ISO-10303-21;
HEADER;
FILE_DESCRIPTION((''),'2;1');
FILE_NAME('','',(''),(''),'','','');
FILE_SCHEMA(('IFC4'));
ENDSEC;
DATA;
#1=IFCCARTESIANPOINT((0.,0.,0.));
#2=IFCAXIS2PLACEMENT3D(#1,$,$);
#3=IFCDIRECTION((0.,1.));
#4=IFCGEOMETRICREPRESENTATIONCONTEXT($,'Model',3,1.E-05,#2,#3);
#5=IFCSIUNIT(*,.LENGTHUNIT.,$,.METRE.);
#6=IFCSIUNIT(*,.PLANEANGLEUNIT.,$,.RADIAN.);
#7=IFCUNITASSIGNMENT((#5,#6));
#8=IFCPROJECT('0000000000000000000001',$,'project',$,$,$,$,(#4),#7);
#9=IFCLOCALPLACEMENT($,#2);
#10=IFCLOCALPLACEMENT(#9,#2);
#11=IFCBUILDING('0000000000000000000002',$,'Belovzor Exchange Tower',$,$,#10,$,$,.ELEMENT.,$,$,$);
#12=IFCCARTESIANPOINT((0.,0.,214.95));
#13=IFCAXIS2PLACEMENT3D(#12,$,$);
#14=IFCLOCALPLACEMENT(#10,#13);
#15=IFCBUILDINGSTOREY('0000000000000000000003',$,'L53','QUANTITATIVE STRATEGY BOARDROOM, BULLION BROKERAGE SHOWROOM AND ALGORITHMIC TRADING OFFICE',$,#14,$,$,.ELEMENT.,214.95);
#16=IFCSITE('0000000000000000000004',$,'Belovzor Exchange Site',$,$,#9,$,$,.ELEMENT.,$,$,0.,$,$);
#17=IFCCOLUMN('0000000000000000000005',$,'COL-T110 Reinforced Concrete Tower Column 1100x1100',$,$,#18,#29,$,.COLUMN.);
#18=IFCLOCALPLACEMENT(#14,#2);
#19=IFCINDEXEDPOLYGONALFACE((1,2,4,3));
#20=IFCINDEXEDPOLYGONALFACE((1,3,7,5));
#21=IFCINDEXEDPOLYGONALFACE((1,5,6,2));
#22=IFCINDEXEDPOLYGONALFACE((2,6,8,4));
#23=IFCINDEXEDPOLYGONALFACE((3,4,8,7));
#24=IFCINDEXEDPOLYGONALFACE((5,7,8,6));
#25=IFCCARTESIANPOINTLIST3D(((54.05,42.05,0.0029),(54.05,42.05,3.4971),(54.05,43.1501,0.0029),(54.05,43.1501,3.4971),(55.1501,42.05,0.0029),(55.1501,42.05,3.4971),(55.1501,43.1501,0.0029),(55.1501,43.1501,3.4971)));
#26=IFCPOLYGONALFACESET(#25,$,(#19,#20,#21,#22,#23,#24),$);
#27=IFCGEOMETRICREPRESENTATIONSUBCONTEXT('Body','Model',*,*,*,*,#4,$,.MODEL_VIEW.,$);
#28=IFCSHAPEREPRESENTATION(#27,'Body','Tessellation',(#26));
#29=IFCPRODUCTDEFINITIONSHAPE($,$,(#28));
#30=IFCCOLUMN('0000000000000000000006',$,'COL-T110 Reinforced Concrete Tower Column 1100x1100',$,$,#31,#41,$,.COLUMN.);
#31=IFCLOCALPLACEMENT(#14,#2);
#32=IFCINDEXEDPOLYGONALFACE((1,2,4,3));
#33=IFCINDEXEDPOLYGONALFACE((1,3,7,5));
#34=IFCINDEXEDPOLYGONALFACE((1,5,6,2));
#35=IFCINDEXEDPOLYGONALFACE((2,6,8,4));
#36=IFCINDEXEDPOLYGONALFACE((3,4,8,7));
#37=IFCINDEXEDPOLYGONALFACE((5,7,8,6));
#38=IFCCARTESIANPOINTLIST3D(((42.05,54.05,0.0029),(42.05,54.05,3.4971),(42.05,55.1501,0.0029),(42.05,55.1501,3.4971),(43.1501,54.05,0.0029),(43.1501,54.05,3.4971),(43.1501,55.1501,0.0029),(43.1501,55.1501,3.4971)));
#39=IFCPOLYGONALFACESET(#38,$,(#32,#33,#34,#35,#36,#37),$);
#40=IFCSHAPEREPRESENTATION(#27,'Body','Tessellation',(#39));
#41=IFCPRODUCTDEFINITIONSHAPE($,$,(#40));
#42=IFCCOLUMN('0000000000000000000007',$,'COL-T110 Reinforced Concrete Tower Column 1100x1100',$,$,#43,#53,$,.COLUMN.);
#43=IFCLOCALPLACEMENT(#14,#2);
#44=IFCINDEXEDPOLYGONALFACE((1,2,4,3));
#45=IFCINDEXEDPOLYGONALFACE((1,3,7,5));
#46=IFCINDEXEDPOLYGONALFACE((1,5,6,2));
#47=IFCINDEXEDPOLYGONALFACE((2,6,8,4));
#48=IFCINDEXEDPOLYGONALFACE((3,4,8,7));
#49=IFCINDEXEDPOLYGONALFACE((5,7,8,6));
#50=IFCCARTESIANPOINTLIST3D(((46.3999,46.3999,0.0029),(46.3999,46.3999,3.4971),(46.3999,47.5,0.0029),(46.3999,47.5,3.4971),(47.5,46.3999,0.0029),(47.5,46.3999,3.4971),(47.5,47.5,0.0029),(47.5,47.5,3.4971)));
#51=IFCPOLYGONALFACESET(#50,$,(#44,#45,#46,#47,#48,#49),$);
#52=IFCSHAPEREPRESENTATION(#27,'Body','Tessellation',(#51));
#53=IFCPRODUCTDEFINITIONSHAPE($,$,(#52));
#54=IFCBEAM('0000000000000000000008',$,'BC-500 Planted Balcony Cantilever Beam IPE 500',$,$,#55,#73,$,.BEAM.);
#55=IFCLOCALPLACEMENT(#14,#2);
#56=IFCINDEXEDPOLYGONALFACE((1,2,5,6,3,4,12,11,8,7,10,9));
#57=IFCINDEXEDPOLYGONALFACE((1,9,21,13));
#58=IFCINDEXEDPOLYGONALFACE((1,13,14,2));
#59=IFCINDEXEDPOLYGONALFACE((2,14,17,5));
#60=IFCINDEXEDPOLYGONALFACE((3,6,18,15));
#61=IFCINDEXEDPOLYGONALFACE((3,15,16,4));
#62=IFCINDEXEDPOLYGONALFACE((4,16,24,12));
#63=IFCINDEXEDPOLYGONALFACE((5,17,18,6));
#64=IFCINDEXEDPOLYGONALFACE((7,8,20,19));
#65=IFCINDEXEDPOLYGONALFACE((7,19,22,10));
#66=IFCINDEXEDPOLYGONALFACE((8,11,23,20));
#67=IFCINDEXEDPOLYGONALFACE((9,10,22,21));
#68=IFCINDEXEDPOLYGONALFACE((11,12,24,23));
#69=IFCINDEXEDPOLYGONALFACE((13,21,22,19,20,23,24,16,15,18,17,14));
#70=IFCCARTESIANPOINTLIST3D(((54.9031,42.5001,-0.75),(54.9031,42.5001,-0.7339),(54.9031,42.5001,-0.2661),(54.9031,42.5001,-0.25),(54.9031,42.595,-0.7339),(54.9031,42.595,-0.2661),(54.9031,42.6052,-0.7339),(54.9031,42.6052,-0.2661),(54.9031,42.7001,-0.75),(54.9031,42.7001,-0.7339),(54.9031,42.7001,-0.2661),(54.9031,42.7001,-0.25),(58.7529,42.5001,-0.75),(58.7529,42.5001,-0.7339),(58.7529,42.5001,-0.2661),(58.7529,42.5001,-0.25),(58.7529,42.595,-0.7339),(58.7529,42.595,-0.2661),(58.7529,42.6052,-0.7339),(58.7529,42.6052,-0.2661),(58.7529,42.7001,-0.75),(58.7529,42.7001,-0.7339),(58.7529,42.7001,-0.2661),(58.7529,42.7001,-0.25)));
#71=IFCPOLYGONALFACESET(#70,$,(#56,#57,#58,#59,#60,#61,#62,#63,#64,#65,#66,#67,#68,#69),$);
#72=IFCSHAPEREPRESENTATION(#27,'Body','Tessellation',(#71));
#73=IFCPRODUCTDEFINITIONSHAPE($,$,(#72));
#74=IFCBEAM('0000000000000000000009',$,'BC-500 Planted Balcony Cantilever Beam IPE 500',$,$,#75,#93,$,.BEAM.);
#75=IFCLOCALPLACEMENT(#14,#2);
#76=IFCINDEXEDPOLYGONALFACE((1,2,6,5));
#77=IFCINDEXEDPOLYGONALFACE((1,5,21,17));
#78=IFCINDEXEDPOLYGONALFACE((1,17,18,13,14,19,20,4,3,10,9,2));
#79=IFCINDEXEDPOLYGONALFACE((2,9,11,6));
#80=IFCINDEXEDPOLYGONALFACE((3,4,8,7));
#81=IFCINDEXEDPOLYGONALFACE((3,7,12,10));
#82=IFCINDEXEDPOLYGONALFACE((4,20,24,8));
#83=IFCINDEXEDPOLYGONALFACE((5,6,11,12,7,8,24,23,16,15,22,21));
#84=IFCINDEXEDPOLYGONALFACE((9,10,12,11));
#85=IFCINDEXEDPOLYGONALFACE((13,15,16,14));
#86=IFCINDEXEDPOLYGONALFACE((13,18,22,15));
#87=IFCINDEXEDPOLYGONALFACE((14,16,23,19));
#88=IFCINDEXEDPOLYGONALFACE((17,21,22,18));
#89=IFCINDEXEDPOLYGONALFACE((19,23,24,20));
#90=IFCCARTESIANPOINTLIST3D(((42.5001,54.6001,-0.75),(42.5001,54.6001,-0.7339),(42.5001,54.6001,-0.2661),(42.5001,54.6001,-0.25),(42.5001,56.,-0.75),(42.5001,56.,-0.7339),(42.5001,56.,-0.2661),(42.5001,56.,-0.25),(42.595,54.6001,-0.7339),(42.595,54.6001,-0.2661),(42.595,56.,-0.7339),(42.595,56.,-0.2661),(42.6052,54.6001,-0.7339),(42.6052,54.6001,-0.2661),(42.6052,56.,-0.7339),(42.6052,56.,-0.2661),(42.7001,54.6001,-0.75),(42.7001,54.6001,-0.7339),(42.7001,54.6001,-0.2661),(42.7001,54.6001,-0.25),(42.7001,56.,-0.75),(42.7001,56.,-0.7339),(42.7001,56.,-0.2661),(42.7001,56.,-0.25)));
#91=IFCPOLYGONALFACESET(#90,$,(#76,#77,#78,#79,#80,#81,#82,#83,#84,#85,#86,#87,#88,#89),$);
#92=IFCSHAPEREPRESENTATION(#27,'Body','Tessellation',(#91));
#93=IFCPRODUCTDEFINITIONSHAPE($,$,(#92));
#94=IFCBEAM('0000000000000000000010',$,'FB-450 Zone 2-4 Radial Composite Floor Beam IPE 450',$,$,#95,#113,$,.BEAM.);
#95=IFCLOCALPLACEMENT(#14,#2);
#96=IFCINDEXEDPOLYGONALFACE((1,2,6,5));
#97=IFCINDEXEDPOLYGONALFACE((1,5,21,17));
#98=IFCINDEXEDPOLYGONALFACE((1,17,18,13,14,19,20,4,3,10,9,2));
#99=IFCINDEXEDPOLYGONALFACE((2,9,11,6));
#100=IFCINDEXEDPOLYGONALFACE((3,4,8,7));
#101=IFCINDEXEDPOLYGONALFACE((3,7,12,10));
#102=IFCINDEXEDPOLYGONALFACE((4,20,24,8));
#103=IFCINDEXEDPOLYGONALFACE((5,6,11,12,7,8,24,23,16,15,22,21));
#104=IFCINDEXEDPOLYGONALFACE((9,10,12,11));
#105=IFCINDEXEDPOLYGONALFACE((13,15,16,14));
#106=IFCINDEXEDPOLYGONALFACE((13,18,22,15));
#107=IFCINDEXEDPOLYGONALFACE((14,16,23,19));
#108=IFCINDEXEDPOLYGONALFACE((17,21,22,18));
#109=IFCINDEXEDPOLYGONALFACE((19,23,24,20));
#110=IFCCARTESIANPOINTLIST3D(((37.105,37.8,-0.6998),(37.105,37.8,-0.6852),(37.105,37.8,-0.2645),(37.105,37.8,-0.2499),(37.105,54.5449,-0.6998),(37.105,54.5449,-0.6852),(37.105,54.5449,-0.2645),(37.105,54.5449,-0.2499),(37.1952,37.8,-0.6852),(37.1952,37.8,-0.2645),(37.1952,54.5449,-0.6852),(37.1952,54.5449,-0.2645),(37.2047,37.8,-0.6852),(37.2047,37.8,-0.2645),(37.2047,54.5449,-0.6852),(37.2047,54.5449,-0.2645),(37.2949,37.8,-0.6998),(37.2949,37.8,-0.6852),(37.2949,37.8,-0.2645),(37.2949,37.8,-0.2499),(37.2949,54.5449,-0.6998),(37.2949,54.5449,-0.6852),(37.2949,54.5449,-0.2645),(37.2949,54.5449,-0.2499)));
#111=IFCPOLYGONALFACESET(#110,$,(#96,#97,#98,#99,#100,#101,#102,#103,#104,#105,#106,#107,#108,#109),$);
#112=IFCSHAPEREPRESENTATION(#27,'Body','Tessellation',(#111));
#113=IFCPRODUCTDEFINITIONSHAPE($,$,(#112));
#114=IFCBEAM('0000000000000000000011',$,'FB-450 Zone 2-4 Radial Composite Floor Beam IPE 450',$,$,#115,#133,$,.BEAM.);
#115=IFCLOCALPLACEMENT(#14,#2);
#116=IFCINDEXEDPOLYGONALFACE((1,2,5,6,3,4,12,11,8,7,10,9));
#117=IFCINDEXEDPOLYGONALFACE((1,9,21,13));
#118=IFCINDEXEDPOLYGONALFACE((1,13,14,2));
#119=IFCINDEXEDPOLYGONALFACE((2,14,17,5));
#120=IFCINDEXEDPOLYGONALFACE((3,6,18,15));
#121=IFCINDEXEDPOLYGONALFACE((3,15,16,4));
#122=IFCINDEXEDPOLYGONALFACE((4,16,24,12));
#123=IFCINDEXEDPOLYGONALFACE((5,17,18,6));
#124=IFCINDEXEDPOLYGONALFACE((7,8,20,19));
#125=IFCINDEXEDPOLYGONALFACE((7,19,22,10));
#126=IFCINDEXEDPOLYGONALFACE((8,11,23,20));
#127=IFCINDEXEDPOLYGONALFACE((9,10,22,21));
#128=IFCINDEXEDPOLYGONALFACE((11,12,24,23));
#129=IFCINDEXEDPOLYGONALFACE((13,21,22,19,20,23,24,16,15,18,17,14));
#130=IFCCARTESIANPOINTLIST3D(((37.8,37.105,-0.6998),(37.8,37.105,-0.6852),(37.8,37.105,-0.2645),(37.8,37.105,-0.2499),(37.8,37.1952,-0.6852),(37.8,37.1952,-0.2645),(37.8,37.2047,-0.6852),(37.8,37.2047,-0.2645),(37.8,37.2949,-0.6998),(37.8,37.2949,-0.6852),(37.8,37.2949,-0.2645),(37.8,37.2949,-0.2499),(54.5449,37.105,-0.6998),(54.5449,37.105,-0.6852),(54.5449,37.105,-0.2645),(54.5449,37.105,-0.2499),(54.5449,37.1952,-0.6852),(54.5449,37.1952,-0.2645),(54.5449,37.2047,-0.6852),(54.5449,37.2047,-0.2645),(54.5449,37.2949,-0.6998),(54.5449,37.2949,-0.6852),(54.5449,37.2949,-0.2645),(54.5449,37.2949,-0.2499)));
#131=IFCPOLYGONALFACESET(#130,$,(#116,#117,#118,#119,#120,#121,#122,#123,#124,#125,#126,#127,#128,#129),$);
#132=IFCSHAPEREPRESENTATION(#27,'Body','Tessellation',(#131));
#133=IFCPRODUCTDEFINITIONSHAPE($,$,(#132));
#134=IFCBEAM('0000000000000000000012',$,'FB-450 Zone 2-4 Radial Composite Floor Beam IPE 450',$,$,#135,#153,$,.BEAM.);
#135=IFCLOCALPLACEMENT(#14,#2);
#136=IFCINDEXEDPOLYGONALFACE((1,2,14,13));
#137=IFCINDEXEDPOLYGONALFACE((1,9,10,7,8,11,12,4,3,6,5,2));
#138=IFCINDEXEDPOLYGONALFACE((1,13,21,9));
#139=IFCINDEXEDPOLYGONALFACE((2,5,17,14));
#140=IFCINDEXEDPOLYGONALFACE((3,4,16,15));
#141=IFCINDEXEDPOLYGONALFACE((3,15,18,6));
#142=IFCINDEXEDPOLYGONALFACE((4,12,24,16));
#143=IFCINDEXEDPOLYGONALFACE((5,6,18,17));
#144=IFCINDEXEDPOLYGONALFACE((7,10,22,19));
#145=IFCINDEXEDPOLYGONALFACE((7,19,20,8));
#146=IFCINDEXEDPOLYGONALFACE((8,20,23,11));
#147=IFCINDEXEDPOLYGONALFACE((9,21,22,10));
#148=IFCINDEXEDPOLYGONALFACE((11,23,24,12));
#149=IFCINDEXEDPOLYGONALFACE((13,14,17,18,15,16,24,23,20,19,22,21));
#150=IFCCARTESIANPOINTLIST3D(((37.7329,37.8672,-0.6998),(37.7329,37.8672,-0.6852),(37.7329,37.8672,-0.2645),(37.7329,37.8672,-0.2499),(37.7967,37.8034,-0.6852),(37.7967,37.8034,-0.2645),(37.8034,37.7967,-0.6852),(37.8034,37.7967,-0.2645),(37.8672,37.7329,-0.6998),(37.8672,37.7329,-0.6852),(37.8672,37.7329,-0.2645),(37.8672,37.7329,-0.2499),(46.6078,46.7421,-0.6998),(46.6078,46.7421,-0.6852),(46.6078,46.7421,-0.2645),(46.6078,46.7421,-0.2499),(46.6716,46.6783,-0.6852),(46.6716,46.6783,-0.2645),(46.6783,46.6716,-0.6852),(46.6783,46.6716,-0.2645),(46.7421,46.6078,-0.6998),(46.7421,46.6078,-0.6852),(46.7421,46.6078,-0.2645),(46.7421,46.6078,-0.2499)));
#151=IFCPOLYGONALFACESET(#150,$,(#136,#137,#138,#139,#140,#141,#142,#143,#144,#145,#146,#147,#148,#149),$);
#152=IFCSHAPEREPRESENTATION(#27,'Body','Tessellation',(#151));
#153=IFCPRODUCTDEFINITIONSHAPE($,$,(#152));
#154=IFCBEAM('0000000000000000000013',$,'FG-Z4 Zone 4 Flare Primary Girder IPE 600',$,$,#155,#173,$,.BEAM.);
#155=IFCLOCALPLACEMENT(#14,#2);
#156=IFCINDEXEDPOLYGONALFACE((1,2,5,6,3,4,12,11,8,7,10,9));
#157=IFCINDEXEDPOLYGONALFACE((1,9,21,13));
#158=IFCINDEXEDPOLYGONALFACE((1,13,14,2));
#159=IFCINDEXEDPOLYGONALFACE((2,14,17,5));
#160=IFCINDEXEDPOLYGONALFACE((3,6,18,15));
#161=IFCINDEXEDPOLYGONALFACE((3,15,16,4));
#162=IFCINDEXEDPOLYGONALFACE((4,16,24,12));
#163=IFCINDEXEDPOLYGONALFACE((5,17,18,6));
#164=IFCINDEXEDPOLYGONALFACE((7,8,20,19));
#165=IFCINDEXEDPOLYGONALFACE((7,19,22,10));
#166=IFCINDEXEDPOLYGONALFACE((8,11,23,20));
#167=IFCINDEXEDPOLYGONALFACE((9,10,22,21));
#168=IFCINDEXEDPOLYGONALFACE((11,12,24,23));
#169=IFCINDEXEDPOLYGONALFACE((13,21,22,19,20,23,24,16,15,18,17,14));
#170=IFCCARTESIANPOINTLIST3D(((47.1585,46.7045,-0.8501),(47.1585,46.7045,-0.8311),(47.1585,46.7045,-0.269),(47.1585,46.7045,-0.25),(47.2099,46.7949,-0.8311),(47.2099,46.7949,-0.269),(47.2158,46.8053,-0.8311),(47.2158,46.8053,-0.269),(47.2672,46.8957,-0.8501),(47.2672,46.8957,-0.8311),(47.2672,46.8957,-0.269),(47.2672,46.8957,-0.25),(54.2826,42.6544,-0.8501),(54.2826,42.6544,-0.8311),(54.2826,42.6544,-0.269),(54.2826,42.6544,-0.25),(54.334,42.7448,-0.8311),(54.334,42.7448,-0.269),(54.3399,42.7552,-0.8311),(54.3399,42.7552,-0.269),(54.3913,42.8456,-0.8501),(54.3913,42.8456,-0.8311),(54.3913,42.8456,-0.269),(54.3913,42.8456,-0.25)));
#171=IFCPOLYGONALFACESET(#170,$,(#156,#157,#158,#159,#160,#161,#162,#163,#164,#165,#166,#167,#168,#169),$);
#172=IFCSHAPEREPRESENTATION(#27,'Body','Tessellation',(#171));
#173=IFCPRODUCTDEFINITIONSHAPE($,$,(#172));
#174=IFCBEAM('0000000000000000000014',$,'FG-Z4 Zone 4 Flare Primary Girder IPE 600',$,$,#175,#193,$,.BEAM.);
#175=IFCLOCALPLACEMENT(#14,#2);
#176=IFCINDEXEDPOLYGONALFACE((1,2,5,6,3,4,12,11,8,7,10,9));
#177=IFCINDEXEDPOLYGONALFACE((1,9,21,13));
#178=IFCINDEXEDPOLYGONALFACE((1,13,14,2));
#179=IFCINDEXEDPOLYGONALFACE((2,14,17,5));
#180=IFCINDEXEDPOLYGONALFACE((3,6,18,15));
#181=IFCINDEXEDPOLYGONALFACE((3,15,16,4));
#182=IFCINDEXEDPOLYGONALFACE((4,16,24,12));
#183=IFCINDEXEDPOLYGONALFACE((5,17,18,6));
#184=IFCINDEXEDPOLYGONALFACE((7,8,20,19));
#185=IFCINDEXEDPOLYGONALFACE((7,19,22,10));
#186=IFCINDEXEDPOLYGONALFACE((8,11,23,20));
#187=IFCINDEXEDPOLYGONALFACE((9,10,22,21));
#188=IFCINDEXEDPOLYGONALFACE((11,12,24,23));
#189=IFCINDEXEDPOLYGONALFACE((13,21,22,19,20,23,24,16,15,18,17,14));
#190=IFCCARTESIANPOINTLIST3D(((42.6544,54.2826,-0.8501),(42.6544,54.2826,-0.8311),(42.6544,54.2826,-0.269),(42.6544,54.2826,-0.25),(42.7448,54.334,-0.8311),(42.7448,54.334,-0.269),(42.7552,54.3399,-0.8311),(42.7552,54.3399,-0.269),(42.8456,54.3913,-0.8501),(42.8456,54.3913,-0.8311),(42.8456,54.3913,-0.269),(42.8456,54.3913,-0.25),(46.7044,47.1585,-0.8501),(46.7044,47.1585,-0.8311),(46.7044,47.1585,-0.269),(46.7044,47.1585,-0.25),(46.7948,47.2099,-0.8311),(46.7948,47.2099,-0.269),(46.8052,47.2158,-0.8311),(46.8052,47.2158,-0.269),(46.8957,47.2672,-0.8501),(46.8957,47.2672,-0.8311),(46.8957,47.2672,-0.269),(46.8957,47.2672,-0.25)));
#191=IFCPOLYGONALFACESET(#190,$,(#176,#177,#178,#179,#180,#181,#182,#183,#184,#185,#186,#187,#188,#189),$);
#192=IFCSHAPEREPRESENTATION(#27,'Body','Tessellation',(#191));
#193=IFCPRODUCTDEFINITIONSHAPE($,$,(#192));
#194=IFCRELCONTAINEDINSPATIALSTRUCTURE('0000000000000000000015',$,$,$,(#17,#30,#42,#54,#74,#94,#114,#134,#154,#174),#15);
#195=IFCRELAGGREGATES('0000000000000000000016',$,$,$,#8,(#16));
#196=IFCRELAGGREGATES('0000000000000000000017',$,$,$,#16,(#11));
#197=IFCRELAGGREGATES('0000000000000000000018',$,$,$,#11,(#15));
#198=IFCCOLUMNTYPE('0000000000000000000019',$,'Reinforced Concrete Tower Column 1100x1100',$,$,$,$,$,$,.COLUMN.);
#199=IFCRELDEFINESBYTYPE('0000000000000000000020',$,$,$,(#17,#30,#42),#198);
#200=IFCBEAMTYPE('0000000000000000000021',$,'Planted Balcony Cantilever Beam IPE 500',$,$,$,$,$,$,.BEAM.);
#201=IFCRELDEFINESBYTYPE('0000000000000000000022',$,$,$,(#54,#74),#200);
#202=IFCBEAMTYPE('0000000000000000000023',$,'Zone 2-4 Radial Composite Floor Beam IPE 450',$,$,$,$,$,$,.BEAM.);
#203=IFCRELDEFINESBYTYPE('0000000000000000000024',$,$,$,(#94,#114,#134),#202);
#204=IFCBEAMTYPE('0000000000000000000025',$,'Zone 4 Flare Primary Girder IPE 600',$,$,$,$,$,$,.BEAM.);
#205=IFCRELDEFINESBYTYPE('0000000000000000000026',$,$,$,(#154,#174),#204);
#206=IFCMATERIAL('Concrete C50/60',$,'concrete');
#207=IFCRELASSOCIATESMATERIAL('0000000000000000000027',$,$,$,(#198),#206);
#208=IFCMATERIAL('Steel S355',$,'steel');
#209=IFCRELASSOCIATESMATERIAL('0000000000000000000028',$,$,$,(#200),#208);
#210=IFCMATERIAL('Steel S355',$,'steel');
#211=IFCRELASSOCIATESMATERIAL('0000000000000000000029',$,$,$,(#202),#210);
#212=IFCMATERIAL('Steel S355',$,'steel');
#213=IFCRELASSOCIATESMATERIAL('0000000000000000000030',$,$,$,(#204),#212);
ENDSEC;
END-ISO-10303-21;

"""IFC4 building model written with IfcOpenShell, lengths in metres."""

from ifc_helpers import new_model, si_unit, direction, frame, origin, origin_2d, place, context, subcontext, project, spatial, rectangle, i_section, extrude, material, material_profile, profile_set, type_object, element, save


model = new_model("IFC4")

# Units and contexts
model_context = context("Model", 3, precision=1e-05, world=origin(), true_north=direction((0.0, 1.0)))
body_context = subcontext(model_context, "Body", "Model", "MODEL_VIEW")
ifc_project = project(units=[si_unit("LENGTHUNIT", "METRE"), si_unit("PLANEANGLEUNIT", "RADIAN")], contexts=[model_context])

# Site, building, storey
site_placement = place(None, origin())
site = spatial("IfcSite", under=ifc_project, at=site_placement, Name="Belovzor Exchange Site", CompositionType="ELEMENT", RefElevation=0.0)
building_placement = place(site_placement, origin())
building = spatial("IfcBuilding", under=site, at=building_placement, Name="Belovzor Exchange Tower", CompositionType="ELEMENT")
storey_placement = place(building_placement, frame((0.0, 0.0, 214.95)))
storey = spatial("IfcBuildingStorey", under=building, at=storey_placement, Name="L53", Description="QUANTITATIVE STRATEGY BOARDROOM, BULLION BROKERAGE SHOWROOM AND ALGORITHMIC TRADING OFFICE", CompositionType="ELEMENT", Elevation=214.95)

# Columns
ifc_material_1 = material(Name="Concrete C50/60", Category="concrete")
ifc_material_profile_1 = material_profile(ifc_material_1, rectangle(XDim=1.1001, YDim=1.1001, at=origin_2d()))
ifc_profile_set_1 = profile_set([ifc_material_profile_1], Name="Concrete C50/60")
column_type = type_object("IfcColumnType", Name="Reinforced Concrete Tower Column 1100x1100", PredefinedType="COLUMN", material=ifc_profile_set_1)
for number, where, z_axis, x_axis, name in (
    (1, (54.6001, 42.6001, 0.0029), (0.0, 0.0, 1.0), (1.0, 0.0, 0.0), "COL-T110 Reinforced Concrete Tower Column 1100x1100"),
    (2, (42.6001, 54.6001, 0.0029), (0.0, 0.0, 1.0), (1.0, 0.0, 0.0), "COL-T110 Reinforced Concrete Tower Column 1100x1100"),
    (3, (46.95, 46.95, 0.0029), (0.0, 0.0, 1.0), (1.0, 0.0, 0.0), "COL-T110 Reinforced Concrete Tower Column 1100x1100"),
):
    element("IfcColumn", number, at=place(storey_placement, frame(where, z_axis=z_axis, x_axis=x_axis)), inside=storey, type_object=column_type, Name=name, PredefinedType="COLUMN", context=body_context, shape_type="SweptSolid", body=[
        extrude(rectangle(XDim=1.1001, YDim=1.1001, at=origin_2d()), origin(), (0.0, 0.0, 1.0), 3.4941),
    ])

# Beams
ifc_material_2 = material(Name="Steel S355", Category="steel")
ifc_material_profile_2 = material_profile(ifc_material_2, i_section(OverallWidth=0.2, OverallDepth=0.5, WebThickness=0.0103, FlangeThickness=0.0161, at=origin_2d()))
ifc_profile_set_2 = profile_set([ifc_material_profile_2], Name="Steel S355")
beam_type_1 = type_object("IfcBeamType", Name="Planted Balcony Cantilever Beam IPE 500", PredefinedType="BEAM", material=ifc_profile_set_2)
beam_1_placement = place(storey_placement, frame((54.9031, 42.6001, -0.5), z_axis=(1.0, 0.0, 0.0), x_axis=(0.0, 1.0, 0.0)))
element("IfcBeam", 4, at=beam_1_placement, inside=storey, type_object=beam_type_1, Name="BC-500 Planted Balcony Cantilever Beam IPE 500", PredefinedType="BEAM", context=body_context, shape_type="SweptSolid", body=[
    extrude(i_section(OverallWidth=0.2, OverallDepth=0.5, WebThickness=0.0103, FlangeThickness=0.0161, at=origin_2d()), origin(), (0.0, 0.0, 1.0), 3.8499),
])
beam_2_placement = place(storey_placement, frame((42.6001, 54.6001, -0.5), z_axis=(0.0, 1.0, 0.0), x_axis=(-1.0, 0.0, 0.0)))
element("IfcBeam", 5, at=beam_2_placement, inside=storey, type_object=beam_type_1, Name="BC-500 Planted Balcony Cantilever Beam IPE 500", PredefinedType="BEAM", context=body_context, shape_type="SweptSolid", body=[
    extrude(i_section(OverallWidth=0.2, OverallDepth=0.5, WebThickness=0.0103, FlangeThickness=0.0161, at=origin_2d()), origin(), (0.0, 0.0, 1.0), 1.3999),
])
ifc_material_3 = material(Name="Steel S355", Category="steel")
ifc_material_profile_3 = material_profile(ifc_material_3, i_section(OverallWidth=0.1899, OverallDepth=0.45, WebThickness=0.0095, FlangeThickness=0.0146, at=origin_2d()))
ifc_profile_set_3 = profile_set([ifc_material_profile_3], Name="Steel S355")
beam_type_2 = type_object("IfcBeamType", Name="Zone 2-4 Radial Composite Floor Beam IPE 450", PredefinedType="BEAM", material=ifc_profile_set_3)
for number, where, z_axis, x_axis, name in (
    (6, (37.2, 37.8, -0.4749), (0.0, 1.0, 0.0), (-1.0, 0.0, 0.0), "FB-450 Zone 2-4 Radial Composite Floor Beam IPE 450"),
    (7, (37.8, 37.2, -0.4749), (1.0, 0.0, 0.0), (0.0, 1.0, 0.0), "FB-450 Zone 2-4 Radial Composite Floor Beam IPE 450"),
):
    element("IfcBeam", number, at=place(storey_placement, frame(where, z_axis=z_axis, x_axis=x_axis)), inside=storey, type_object=beam_type_2, Name=name, PredefinedType="BEAM", context=body_context, shape_type="SweptSolid", body=[
        extrude(i_section(OverallWidth=0.1899, OverallDepth=0.45, WebThickness=0.0095, FlangeThickness=0.0146, at=origin_2d()), origin(), (0.0, 0.0, 1.0), 16.7449),
    ])
beam_3_placement = place(storey_placement, frame((37.8, 37.8, -0.4749), z_axis=(0.707107, 0.707107, 0.0), x_axis=(-0.707107, 0.707107, 0.0)))
element("IfcBeam", 8, at=beam_3_placement, inside=storey, type_object=beam_type_2, Name="FB-450 Zone 2-4 Radial Composite Floor Beam IPE 450", PredefinedType="BEAM", context=body_context, shape_type="SweptSolid", body=[
    extrude(i_section(OverallWidth=0.1899, OverallDepth=0.45, WebThickness=0.0095, FlangeThickness=0.0146, at=origin_2d()), origin(), (0.0, 0.0, 1.0), 12.551),
])
ifc_material_4 = material(Name="Steel S355", Category="steel")
ifc_material_profile_4 = material_profile(ifc_material_4, i_section(OverallWidth=0.22, OverallDepth=0.6001, WebThickness=0.012, FlangeThickness=0.019, at=origin_2d()))
ifc_profile_set_4 = profile_set([ifc_material_profile_4], Name="Steel S355")
beam_type_3 = type_object("IfcBeamType", Name="Zone 4 Flare Primary Girder IPE 600", PredefinedType="BEAM", material=ifc_profile_set_4)
for number, where, z_axis, x_axis, name in (
    (9, (54.3369, 42.75, -0.55), (-0.869336, 0.494222, 0.0), (-0.494222, -0.869336, 0.0), "FG-Z4 Zone 4 Flare Primary Girder IPE 600"),
    (10, (46.8, 47.2129, -0.55), (-0.494222, 0.869336, 0.0), (-0.869336, -0.494222, 0.0), "FG-Z4 Zone 4 Flare Primary Girder IPE 600"),
):
    element("IfcBeam", number, at=place(storey_placement, frame(where, z_axis=z_axis, x_axis=x_axis)), inside=storey, type_object=beam_type_3, Name=name, PredefinedType="BEAM", context=body_context, shape_type="SweptSolid", body=[
        extrude(i_section(OverallWidth=0.22, OverallDepth=0.6001, WebThickness=0.012, FlangeThickness=0.019, at=origin_2d()), origin(), (0.0, 0.0, 1.0), 8.1948),
    ])

save(model, "model.ifc")
